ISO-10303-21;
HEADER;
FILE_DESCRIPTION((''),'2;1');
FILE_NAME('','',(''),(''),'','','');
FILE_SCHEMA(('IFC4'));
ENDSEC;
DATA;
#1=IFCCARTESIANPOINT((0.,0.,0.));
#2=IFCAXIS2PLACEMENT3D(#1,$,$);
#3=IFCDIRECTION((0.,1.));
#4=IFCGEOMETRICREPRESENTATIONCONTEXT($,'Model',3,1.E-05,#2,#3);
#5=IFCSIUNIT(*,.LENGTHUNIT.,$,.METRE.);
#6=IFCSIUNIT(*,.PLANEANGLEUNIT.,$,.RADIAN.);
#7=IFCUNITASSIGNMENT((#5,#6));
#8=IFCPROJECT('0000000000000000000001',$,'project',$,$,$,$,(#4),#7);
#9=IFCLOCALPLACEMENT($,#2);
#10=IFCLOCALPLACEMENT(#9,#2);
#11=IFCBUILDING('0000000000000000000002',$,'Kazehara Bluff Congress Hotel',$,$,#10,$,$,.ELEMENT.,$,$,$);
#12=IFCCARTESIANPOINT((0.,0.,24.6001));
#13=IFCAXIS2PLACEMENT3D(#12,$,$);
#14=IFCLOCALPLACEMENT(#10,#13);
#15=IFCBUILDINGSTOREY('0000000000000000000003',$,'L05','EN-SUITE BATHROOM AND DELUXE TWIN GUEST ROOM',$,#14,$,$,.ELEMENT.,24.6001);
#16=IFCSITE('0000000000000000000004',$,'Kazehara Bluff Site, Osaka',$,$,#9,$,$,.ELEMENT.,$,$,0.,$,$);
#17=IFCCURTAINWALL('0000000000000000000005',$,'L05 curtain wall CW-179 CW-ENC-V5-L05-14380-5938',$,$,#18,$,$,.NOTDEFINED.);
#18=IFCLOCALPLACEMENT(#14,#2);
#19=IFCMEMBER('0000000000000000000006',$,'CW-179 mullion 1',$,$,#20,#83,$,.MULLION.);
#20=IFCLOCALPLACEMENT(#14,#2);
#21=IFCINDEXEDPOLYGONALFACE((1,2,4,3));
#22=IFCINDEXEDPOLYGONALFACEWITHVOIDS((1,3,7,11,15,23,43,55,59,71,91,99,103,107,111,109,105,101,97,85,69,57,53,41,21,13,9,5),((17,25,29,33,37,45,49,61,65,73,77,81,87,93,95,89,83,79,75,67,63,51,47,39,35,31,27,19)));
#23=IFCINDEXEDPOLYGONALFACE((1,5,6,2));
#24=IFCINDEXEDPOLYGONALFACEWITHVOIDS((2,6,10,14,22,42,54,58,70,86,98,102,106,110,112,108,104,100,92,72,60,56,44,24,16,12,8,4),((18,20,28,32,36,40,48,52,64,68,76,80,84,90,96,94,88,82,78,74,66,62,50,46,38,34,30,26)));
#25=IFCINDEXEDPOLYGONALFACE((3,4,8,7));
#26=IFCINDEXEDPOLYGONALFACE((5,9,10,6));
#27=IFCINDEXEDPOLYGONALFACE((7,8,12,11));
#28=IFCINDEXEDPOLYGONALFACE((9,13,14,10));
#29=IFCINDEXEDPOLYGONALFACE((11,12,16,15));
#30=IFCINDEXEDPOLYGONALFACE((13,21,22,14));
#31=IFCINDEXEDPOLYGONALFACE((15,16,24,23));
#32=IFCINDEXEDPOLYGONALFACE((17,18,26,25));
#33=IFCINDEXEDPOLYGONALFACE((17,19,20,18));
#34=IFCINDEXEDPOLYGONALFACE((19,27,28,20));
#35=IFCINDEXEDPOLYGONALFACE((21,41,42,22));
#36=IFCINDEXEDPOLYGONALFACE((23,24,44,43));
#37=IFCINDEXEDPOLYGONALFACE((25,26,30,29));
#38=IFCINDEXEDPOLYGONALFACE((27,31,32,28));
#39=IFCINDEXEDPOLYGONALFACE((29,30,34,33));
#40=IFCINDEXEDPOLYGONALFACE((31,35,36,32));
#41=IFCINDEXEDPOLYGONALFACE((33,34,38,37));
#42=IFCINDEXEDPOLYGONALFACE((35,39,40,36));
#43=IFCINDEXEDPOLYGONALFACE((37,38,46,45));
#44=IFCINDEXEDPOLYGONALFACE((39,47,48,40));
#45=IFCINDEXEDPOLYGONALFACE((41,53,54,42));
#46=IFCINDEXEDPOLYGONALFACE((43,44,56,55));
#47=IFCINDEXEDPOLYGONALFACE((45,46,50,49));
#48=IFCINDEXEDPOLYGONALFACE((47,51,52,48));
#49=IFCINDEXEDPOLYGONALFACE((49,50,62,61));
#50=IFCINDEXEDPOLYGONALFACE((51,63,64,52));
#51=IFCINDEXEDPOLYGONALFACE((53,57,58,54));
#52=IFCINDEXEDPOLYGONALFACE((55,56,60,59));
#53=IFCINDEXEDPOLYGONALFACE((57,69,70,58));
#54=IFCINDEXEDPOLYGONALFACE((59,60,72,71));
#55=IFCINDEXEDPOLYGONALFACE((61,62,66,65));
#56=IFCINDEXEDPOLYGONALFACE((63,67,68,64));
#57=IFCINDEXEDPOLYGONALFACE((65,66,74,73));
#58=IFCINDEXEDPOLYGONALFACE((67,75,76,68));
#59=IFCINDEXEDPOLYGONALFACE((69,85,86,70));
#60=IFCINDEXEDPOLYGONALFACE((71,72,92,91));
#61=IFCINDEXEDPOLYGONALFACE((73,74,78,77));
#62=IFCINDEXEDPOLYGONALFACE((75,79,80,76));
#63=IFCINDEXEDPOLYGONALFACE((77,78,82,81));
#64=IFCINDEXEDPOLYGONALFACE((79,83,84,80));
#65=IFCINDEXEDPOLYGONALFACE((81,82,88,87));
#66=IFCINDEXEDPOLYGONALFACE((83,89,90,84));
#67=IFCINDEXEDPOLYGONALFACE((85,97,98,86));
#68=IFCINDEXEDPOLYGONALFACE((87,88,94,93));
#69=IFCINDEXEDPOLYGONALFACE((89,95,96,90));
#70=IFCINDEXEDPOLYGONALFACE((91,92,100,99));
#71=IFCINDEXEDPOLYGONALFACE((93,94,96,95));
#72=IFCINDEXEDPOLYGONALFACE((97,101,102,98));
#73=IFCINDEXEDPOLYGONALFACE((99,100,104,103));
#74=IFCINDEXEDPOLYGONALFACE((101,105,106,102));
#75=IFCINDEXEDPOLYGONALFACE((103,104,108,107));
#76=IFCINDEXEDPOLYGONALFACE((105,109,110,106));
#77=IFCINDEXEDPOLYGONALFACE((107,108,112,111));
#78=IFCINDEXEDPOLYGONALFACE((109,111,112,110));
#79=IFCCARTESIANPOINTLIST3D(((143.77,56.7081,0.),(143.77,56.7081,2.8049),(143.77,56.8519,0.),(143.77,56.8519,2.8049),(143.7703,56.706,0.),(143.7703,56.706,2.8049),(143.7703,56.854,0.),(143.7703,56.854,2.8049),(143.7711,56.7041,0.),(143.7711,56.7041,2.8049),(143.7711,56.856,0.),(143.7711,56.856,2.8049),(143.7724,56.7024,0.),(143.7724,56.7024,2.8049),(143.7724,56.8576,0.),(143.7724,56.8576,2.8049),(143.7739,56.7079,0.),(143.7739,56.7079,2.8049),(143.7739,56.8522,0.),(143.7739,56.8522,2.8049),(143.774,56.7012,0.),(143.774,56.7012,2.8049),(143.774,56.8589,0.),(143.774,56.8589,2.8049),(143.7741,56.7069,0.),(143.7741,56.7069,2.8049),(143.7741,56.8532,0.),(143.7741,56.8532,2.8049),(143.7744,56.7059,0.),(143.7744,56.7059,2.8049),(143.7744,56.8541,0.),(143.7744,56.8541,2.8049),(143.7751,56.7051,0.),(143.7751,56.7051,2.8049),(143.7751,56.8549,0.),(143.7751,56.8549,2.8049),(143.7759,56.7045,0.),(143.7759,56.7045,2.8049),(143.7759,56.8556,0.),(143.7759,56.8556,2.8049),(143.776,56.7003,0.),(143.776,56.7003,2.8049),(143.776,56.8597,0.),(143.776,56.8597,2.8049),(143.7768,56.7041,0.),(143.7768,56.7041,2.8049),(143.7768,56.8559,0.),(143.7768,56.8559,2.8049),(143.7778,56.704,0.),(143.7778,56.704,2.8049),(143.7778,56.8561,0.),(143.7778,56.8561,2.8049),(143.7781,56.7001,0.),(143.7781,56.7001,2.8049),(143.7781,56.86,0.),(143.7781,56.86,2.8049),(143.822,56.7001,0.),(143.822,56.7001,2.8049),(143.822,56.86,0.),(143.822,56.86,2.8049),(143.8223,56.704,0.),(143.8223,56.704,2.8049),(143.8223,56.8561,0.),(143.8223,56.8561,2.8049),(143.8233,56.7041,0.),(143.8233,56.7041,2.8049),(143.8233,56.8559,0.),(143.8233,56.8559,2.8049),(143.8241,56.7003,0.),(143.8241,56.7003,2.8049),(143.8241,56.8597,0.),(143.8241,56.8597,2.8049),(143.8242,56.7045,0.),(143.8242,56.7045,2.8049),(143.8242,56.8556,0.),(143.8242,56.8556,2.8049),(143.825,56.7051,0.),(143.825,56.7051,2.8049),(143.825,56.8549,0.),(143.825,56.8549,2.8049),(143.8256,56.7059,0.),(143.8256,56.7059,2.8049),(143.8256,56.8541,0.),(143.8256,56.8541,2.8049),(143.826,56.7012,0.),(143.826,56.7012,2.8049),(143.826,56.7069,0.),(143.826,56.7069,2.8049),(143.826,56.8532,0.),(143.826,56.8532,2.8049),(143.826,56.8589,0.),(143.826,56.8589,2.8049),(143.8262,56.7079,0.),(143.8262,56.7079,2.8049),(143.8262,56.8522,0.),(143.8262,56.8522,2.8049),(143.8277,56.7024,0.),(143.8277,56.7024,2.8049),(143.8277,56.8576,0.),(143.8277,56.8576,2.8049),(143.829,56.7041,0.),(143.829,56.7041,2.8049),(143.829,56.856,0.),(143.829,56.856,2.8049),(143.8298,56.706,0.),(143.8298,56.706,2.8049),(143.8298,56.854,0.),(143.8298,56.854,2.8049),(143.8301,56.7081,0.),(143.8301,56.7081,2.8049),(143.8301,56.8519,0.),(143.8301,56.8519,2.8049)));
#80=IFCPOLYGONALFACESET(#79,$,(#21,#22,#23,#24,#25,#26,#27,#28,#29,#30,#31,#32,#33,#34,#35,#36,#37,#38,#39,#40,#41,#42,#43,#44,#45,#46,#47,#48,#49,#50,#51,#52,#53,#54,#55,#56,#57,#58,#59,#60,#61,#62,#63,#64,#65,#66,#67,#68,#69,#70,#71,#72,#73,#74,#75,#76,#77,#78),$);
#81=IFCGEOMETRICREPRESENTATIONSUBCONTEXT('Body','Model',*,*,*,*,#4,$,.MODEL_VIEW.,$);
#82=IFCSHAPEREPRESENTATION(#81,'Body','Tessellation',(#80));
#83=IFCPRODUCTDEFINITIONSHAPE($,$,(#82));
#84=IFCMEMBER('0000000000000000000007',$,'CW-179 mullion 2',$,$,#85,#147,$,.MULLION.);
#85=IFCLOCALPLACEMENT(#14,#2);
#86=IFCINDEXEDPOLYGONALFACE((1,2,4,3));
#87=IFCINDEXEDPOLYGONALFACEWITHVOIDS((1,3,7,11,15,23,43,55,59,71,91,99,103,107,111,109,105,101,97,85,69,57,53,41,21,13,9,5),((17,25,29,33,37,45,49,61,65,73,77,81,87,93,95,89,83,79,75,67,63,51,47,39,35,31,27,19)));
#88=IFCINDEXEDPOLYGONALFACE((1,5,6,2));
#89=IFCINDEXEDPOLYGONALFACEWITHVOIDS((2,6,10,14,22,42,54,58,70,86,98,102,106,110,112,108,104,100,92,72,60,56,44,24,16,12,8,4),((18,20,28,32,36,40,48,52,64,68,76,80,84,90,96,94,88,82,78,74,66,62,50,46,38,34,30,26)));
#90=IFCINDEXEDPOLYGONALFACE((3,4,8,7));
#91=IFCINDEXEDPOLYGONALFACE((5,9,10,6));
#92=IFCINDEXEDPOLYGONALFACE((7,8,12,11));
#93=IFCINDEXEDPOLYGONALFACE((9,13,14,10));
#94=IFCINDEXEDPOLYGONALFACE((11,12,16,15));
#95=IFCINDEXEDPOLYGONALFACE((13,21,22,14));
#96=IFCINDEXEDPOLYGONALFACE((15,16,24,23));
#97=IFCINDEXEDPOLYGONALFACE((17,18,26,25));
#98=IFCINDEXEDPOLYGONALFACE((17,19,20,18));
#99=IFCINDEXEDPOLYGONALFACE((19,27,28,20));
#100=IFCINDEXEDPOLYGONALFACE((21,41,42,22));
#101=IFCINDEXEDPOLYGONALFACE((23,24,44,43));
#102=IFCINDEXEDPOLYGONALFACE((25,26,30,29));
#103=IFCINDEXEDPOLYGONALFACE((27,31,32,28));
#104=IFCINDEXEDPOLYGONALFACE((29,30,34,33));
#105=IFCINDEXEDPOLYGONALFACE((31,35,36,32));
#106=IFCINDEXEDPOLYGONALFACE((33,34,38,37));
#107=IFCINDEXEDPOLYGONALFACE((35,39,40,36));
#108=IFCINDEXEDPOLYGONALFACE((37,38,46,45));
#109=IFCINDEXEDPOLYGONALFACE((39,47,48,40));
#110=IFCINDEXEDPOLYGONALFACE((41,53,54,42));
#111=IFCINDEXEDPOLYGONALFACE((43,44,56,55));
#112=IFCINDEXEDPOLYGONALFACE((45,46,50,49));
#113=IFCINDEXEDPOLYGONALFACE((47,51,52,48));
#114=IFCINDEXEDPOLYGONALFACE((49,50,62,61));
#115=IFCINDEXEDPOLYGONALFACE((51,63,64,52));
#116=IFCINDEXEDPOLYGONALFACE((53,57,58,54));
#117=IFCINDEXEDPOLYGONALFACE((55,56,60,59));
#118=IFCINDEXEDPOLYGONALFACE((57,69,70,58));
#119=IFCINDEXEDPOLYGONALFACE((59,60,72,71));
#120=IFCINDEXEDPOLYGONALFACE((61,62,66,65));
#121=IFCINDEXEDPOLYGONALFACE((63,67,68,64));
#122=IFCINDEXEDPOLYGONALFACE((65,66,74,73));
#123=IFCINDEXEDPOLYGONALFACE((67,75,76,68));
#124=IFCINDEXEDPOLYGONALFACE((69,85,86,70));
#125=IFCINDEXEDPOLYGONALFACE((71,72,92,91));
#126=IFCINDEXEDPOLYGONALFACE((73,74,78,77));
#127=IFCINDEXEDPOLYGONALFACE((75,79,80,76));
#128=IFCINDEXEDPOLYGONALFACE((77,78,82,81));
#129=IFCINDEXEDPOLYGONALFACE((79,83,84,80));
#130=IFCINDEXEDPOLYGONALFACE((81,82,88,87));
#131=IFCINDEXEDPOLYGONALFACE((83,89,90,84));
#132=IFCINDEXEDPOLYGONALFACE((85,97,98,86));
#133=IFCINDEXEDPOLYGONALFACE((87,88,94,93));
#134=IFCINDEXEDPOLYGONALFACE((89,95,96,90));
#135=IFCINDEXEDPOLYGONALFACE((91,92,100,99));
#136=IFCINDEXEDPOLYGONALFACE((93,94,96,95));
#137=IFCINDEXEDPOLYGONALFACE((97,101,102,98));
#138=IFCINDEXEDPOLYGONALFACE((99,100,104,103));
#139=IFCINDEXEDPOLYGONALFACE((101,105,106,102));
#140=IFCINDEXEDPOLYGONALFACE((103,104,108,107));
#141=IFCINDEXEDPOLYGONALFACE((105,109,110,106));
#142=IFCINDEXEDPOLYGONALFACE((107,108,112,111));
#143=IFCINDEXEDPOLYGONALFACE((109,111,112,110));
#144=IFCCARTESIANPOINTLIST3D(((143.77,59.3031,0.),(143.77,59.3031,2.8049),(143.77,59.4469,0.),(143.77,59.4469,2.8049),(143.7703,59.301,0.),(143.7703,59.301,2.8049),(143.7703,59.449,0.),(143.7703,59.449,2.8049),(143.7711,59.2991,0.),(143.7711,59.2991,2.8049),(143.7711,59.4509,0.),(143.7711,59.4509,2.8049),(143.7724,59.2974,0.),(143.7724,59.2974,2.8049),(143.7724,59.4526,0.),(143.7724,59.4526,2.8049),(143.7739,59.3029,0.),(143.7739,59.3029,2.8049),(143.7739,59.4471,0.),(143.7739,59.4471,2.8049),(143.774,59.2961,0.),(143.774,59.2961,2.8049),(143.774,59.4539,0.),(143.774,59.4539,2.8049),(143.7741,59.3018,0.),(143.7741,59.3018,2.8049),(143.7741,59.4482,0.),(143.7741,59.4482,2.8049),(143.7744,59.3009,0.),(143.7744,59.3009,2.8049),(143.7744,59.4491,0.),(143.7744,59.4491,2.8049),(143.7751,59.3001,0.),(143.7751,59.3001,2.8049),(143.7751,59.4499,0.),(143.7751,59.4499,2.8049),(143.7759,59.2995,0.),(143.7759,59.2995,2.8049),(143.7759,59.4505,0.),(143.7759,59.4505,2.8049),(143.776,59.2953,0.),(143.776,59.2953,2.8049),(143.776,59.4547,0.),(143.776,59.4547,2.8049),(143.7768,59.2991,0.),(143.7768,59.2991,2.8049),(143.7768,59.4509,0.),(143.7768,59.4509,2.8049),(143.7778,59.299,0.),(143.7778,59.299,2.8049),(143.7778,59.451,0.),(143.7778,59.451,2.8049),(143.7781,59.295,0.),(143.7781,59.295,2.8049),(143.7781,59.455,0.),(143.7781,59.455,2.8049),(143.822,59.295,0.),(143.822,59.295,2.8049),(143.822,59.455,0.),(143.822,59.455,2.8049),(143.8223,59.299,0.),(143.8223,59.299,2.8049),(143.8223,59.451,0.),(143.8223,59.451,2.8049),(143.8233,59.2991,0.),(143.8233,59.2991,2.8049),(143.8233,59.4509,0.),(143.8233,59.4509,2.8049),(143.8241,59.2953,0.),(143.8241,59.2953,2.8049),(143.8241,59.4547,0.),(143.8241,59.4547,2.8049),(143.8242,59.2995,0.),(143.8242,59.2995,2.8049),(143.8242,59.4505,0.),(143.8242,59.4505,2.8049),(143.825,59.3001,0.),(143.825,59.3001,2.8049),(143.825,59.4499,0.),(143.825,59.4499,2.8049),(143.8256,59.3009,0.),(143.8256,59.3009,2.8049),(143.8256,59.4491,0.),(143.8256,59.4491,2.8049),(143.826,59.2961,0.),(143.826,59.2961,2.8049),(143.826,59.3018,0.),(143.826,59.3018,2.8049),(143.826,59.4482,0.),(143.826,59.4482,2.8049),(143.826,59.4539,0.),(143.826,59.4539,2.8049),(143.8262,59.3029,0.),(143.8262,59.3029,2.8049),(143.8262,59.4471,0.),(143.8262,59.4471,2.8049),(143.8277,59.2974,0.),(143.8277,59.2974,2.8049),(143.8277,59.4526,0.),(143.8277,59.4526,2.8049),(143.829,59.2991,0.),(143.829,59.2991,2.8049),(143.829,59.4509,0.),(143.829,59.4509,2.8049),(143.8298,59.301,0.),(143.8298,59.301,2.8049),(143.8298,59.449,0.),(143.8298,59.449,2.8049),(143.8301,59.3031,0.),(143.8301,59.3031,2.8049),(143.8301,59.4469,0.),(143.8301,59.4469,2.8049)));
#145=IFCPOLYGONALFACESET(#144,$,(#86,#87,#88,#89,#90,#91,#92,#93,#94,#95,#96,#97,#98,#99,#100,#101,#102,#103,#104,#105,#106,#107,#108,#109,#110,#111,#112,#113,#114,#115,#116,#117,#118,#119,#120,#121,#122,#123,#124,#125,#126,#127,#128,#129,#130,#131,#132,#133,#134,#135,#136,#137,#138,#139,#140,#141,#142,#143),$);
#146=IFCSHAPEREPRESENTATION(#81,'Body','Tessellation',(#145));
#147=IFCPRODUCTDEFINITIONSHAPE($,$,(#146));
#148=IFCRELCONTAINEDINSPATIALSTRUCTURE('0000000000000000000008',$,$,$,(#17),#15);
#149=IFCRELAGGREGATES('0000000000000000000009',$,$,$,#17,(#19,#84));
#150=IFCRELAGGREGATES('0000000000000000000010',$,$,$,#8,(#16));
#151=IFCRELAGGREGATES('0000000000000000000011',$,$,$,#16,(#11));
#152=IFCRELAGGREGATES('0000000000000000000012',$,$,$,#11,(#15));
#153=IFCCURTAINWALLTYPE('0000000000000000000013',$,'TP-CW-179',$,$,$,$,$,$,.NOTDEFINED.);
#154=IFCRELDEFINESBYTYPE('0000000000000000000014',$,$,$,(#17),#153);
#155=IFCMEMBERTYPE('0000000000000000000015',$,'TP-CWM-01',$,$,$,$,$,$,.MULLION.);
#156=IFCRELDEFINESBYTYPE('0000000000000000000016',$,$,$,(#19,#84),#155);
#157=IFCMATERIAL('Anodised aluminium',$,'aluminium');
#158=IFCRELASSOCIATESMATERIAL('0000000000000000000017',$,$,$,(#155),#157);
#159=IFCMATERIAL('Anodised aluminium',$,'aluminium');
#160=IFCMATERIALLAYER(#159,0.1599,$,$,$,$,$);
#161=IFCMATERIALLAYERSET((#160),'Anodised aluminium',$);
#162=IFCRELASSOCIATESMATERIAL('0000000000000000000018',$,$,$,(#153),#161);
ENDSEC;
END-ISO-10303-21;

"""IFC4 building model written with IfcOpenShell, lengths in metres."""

from ifc_helpers import new_model, si_unit, direction, frame, origin, origin_2d, place, context, subcontext, project, spatial, hollow_rectangle, extrude, material, layer, layer_set, material_profile, profile_set, type_object, element, aggregate, save


model = new_model("IFC4")

# Units and contexts
model_context = context("Model", 3, precision=1e-05, world=origin(), true_north=direction((0.0, 1.0)))
body_context = subcontext(model_context, "Body", "Model", "MODEL_VIEW")
ifc_project = project(units=[si_unit("LENGTHUNIT", "METRE"), si_unit("PLANEANGLEUNIT", "RADIAN")], contexts=[model_context])

# Site, building, storey
site_placement = place(None, origin())
site = spatial("IfcSite", under=ifc_project, at=site_placement, Name="Kazehara Bluff Site, Osaka", CompositionType="ELEMENT", RefElevation=0.0)
building_placement = place(site_placement, origin())
building = spatial("IfcBuilding", under=site, at=building_placement, Name="Kazehara Bluff Congress Hotel", CompositionType="ELEMENT")
storey_placement = place(building_placement, frame((0.0, 0.0, 24.6001)))
storey = spatial("IfcBuildingStorey", under=building, at=storey_placement, Name="L05", Description="EN-SUITE BATHROOM AND DELUXE TWIN GUEST ROOM", CompositionType="ELEMENT", Elevation=24.6001)

# Curtain wall, members
ifc_material_1 = material(Name="Anodised aluminium", Category="aluminium")
ifc_material_profile_1 = material_profile(ifc_material_1, hollow_rectangle(XDim=0.0601, YDim=0.1599, WallThickness=0.0039, InnerFilletRadius=0.0039, OuterFilletRadius=0.0081, at=origin_2d()))
ifc_profile_set_1 = profile_set([ifc_material_profile_1], Name="Anodised aluminium")
member_type_1 = type_object("IfcMemberType", Name="TP-CWM-01", PredefinedType="MULLION", material=ifc_profile_set_1)
ifc_material_2 = material(Name="Anodised aluminium", Category="aluminium")
ifc_layer_1 = layer(ifc_material_2, 0.1599)
ifc_layer_set_1 = layer_set([ifc_layer_1], Name="Anodised aluminium")
curtain_wall_type_1 = type_object("IfcCurtainWallType", Name="TP-CW-179", PredefinedType="NOTDEFINED", material=ifc_layer_set_1)
curtain_wall_1_placement = place(storey_placement, origin())
curtain_wall_1 = element("IfcCurtainWall", 1, at=curtain_wall_1_placement, inside=storey, type_object=curtain_wall_type_1, Name="L05 curtain wall CW-179 CW-ENC-V5-L05-14380-5938", PredefinedType="NOTDEFINED")
member_1_placement = place(storey_placement, frame((143.8, 56.78, 0.0), z_axis=(0.0, 0.0, 1.0), x_axis=(-1.0, 0.0, 0.0)))
member_1 = element("IfcMember", 2, at=member_1_placement, type_object=member_type_1, Name="CW-179 mullion 1", PredefinedType="MULLION", context=body_context, shape_type="SweptSolid", body=[
    extrude(hollow_rectangle(XDim=0.0601, YDim=0.1599, WallThickness=0.0039, InnerFilletRadius=0.0039, OuterFilletRadius=0.0081, at=origin_2d()), origin(), (0.0, 0.0, 1.0), 2.8049),
])
member_2_placement = place(storey_placement, frame((143.8, 59.375, 0.0), z_axis=(0.0, 0.0, 1.0), x_axis=(-1.0, 0.0, 0.0)))
member_2 = element("IfcMember", 3, at=member_2_placement, type_object=member_type_1, Name="CW-179 mullion 2", PredefinedType="MULLION", context=body_context, shape_type="SweptSolid", body=[
    extrude(hollow_rectangle(XDim=0.0601, YDim=0.1599, WallThickness=0.0039, InnerFilletRadius=0.0039, OuterFilletRadius=0.0081, at=origin_2d()), origin(), (0.0, 0.0, 1.0), 2.8049),
])

aggregate(curtain_wall_1, [member_1, member_2])

save(model, "model.ifc")
